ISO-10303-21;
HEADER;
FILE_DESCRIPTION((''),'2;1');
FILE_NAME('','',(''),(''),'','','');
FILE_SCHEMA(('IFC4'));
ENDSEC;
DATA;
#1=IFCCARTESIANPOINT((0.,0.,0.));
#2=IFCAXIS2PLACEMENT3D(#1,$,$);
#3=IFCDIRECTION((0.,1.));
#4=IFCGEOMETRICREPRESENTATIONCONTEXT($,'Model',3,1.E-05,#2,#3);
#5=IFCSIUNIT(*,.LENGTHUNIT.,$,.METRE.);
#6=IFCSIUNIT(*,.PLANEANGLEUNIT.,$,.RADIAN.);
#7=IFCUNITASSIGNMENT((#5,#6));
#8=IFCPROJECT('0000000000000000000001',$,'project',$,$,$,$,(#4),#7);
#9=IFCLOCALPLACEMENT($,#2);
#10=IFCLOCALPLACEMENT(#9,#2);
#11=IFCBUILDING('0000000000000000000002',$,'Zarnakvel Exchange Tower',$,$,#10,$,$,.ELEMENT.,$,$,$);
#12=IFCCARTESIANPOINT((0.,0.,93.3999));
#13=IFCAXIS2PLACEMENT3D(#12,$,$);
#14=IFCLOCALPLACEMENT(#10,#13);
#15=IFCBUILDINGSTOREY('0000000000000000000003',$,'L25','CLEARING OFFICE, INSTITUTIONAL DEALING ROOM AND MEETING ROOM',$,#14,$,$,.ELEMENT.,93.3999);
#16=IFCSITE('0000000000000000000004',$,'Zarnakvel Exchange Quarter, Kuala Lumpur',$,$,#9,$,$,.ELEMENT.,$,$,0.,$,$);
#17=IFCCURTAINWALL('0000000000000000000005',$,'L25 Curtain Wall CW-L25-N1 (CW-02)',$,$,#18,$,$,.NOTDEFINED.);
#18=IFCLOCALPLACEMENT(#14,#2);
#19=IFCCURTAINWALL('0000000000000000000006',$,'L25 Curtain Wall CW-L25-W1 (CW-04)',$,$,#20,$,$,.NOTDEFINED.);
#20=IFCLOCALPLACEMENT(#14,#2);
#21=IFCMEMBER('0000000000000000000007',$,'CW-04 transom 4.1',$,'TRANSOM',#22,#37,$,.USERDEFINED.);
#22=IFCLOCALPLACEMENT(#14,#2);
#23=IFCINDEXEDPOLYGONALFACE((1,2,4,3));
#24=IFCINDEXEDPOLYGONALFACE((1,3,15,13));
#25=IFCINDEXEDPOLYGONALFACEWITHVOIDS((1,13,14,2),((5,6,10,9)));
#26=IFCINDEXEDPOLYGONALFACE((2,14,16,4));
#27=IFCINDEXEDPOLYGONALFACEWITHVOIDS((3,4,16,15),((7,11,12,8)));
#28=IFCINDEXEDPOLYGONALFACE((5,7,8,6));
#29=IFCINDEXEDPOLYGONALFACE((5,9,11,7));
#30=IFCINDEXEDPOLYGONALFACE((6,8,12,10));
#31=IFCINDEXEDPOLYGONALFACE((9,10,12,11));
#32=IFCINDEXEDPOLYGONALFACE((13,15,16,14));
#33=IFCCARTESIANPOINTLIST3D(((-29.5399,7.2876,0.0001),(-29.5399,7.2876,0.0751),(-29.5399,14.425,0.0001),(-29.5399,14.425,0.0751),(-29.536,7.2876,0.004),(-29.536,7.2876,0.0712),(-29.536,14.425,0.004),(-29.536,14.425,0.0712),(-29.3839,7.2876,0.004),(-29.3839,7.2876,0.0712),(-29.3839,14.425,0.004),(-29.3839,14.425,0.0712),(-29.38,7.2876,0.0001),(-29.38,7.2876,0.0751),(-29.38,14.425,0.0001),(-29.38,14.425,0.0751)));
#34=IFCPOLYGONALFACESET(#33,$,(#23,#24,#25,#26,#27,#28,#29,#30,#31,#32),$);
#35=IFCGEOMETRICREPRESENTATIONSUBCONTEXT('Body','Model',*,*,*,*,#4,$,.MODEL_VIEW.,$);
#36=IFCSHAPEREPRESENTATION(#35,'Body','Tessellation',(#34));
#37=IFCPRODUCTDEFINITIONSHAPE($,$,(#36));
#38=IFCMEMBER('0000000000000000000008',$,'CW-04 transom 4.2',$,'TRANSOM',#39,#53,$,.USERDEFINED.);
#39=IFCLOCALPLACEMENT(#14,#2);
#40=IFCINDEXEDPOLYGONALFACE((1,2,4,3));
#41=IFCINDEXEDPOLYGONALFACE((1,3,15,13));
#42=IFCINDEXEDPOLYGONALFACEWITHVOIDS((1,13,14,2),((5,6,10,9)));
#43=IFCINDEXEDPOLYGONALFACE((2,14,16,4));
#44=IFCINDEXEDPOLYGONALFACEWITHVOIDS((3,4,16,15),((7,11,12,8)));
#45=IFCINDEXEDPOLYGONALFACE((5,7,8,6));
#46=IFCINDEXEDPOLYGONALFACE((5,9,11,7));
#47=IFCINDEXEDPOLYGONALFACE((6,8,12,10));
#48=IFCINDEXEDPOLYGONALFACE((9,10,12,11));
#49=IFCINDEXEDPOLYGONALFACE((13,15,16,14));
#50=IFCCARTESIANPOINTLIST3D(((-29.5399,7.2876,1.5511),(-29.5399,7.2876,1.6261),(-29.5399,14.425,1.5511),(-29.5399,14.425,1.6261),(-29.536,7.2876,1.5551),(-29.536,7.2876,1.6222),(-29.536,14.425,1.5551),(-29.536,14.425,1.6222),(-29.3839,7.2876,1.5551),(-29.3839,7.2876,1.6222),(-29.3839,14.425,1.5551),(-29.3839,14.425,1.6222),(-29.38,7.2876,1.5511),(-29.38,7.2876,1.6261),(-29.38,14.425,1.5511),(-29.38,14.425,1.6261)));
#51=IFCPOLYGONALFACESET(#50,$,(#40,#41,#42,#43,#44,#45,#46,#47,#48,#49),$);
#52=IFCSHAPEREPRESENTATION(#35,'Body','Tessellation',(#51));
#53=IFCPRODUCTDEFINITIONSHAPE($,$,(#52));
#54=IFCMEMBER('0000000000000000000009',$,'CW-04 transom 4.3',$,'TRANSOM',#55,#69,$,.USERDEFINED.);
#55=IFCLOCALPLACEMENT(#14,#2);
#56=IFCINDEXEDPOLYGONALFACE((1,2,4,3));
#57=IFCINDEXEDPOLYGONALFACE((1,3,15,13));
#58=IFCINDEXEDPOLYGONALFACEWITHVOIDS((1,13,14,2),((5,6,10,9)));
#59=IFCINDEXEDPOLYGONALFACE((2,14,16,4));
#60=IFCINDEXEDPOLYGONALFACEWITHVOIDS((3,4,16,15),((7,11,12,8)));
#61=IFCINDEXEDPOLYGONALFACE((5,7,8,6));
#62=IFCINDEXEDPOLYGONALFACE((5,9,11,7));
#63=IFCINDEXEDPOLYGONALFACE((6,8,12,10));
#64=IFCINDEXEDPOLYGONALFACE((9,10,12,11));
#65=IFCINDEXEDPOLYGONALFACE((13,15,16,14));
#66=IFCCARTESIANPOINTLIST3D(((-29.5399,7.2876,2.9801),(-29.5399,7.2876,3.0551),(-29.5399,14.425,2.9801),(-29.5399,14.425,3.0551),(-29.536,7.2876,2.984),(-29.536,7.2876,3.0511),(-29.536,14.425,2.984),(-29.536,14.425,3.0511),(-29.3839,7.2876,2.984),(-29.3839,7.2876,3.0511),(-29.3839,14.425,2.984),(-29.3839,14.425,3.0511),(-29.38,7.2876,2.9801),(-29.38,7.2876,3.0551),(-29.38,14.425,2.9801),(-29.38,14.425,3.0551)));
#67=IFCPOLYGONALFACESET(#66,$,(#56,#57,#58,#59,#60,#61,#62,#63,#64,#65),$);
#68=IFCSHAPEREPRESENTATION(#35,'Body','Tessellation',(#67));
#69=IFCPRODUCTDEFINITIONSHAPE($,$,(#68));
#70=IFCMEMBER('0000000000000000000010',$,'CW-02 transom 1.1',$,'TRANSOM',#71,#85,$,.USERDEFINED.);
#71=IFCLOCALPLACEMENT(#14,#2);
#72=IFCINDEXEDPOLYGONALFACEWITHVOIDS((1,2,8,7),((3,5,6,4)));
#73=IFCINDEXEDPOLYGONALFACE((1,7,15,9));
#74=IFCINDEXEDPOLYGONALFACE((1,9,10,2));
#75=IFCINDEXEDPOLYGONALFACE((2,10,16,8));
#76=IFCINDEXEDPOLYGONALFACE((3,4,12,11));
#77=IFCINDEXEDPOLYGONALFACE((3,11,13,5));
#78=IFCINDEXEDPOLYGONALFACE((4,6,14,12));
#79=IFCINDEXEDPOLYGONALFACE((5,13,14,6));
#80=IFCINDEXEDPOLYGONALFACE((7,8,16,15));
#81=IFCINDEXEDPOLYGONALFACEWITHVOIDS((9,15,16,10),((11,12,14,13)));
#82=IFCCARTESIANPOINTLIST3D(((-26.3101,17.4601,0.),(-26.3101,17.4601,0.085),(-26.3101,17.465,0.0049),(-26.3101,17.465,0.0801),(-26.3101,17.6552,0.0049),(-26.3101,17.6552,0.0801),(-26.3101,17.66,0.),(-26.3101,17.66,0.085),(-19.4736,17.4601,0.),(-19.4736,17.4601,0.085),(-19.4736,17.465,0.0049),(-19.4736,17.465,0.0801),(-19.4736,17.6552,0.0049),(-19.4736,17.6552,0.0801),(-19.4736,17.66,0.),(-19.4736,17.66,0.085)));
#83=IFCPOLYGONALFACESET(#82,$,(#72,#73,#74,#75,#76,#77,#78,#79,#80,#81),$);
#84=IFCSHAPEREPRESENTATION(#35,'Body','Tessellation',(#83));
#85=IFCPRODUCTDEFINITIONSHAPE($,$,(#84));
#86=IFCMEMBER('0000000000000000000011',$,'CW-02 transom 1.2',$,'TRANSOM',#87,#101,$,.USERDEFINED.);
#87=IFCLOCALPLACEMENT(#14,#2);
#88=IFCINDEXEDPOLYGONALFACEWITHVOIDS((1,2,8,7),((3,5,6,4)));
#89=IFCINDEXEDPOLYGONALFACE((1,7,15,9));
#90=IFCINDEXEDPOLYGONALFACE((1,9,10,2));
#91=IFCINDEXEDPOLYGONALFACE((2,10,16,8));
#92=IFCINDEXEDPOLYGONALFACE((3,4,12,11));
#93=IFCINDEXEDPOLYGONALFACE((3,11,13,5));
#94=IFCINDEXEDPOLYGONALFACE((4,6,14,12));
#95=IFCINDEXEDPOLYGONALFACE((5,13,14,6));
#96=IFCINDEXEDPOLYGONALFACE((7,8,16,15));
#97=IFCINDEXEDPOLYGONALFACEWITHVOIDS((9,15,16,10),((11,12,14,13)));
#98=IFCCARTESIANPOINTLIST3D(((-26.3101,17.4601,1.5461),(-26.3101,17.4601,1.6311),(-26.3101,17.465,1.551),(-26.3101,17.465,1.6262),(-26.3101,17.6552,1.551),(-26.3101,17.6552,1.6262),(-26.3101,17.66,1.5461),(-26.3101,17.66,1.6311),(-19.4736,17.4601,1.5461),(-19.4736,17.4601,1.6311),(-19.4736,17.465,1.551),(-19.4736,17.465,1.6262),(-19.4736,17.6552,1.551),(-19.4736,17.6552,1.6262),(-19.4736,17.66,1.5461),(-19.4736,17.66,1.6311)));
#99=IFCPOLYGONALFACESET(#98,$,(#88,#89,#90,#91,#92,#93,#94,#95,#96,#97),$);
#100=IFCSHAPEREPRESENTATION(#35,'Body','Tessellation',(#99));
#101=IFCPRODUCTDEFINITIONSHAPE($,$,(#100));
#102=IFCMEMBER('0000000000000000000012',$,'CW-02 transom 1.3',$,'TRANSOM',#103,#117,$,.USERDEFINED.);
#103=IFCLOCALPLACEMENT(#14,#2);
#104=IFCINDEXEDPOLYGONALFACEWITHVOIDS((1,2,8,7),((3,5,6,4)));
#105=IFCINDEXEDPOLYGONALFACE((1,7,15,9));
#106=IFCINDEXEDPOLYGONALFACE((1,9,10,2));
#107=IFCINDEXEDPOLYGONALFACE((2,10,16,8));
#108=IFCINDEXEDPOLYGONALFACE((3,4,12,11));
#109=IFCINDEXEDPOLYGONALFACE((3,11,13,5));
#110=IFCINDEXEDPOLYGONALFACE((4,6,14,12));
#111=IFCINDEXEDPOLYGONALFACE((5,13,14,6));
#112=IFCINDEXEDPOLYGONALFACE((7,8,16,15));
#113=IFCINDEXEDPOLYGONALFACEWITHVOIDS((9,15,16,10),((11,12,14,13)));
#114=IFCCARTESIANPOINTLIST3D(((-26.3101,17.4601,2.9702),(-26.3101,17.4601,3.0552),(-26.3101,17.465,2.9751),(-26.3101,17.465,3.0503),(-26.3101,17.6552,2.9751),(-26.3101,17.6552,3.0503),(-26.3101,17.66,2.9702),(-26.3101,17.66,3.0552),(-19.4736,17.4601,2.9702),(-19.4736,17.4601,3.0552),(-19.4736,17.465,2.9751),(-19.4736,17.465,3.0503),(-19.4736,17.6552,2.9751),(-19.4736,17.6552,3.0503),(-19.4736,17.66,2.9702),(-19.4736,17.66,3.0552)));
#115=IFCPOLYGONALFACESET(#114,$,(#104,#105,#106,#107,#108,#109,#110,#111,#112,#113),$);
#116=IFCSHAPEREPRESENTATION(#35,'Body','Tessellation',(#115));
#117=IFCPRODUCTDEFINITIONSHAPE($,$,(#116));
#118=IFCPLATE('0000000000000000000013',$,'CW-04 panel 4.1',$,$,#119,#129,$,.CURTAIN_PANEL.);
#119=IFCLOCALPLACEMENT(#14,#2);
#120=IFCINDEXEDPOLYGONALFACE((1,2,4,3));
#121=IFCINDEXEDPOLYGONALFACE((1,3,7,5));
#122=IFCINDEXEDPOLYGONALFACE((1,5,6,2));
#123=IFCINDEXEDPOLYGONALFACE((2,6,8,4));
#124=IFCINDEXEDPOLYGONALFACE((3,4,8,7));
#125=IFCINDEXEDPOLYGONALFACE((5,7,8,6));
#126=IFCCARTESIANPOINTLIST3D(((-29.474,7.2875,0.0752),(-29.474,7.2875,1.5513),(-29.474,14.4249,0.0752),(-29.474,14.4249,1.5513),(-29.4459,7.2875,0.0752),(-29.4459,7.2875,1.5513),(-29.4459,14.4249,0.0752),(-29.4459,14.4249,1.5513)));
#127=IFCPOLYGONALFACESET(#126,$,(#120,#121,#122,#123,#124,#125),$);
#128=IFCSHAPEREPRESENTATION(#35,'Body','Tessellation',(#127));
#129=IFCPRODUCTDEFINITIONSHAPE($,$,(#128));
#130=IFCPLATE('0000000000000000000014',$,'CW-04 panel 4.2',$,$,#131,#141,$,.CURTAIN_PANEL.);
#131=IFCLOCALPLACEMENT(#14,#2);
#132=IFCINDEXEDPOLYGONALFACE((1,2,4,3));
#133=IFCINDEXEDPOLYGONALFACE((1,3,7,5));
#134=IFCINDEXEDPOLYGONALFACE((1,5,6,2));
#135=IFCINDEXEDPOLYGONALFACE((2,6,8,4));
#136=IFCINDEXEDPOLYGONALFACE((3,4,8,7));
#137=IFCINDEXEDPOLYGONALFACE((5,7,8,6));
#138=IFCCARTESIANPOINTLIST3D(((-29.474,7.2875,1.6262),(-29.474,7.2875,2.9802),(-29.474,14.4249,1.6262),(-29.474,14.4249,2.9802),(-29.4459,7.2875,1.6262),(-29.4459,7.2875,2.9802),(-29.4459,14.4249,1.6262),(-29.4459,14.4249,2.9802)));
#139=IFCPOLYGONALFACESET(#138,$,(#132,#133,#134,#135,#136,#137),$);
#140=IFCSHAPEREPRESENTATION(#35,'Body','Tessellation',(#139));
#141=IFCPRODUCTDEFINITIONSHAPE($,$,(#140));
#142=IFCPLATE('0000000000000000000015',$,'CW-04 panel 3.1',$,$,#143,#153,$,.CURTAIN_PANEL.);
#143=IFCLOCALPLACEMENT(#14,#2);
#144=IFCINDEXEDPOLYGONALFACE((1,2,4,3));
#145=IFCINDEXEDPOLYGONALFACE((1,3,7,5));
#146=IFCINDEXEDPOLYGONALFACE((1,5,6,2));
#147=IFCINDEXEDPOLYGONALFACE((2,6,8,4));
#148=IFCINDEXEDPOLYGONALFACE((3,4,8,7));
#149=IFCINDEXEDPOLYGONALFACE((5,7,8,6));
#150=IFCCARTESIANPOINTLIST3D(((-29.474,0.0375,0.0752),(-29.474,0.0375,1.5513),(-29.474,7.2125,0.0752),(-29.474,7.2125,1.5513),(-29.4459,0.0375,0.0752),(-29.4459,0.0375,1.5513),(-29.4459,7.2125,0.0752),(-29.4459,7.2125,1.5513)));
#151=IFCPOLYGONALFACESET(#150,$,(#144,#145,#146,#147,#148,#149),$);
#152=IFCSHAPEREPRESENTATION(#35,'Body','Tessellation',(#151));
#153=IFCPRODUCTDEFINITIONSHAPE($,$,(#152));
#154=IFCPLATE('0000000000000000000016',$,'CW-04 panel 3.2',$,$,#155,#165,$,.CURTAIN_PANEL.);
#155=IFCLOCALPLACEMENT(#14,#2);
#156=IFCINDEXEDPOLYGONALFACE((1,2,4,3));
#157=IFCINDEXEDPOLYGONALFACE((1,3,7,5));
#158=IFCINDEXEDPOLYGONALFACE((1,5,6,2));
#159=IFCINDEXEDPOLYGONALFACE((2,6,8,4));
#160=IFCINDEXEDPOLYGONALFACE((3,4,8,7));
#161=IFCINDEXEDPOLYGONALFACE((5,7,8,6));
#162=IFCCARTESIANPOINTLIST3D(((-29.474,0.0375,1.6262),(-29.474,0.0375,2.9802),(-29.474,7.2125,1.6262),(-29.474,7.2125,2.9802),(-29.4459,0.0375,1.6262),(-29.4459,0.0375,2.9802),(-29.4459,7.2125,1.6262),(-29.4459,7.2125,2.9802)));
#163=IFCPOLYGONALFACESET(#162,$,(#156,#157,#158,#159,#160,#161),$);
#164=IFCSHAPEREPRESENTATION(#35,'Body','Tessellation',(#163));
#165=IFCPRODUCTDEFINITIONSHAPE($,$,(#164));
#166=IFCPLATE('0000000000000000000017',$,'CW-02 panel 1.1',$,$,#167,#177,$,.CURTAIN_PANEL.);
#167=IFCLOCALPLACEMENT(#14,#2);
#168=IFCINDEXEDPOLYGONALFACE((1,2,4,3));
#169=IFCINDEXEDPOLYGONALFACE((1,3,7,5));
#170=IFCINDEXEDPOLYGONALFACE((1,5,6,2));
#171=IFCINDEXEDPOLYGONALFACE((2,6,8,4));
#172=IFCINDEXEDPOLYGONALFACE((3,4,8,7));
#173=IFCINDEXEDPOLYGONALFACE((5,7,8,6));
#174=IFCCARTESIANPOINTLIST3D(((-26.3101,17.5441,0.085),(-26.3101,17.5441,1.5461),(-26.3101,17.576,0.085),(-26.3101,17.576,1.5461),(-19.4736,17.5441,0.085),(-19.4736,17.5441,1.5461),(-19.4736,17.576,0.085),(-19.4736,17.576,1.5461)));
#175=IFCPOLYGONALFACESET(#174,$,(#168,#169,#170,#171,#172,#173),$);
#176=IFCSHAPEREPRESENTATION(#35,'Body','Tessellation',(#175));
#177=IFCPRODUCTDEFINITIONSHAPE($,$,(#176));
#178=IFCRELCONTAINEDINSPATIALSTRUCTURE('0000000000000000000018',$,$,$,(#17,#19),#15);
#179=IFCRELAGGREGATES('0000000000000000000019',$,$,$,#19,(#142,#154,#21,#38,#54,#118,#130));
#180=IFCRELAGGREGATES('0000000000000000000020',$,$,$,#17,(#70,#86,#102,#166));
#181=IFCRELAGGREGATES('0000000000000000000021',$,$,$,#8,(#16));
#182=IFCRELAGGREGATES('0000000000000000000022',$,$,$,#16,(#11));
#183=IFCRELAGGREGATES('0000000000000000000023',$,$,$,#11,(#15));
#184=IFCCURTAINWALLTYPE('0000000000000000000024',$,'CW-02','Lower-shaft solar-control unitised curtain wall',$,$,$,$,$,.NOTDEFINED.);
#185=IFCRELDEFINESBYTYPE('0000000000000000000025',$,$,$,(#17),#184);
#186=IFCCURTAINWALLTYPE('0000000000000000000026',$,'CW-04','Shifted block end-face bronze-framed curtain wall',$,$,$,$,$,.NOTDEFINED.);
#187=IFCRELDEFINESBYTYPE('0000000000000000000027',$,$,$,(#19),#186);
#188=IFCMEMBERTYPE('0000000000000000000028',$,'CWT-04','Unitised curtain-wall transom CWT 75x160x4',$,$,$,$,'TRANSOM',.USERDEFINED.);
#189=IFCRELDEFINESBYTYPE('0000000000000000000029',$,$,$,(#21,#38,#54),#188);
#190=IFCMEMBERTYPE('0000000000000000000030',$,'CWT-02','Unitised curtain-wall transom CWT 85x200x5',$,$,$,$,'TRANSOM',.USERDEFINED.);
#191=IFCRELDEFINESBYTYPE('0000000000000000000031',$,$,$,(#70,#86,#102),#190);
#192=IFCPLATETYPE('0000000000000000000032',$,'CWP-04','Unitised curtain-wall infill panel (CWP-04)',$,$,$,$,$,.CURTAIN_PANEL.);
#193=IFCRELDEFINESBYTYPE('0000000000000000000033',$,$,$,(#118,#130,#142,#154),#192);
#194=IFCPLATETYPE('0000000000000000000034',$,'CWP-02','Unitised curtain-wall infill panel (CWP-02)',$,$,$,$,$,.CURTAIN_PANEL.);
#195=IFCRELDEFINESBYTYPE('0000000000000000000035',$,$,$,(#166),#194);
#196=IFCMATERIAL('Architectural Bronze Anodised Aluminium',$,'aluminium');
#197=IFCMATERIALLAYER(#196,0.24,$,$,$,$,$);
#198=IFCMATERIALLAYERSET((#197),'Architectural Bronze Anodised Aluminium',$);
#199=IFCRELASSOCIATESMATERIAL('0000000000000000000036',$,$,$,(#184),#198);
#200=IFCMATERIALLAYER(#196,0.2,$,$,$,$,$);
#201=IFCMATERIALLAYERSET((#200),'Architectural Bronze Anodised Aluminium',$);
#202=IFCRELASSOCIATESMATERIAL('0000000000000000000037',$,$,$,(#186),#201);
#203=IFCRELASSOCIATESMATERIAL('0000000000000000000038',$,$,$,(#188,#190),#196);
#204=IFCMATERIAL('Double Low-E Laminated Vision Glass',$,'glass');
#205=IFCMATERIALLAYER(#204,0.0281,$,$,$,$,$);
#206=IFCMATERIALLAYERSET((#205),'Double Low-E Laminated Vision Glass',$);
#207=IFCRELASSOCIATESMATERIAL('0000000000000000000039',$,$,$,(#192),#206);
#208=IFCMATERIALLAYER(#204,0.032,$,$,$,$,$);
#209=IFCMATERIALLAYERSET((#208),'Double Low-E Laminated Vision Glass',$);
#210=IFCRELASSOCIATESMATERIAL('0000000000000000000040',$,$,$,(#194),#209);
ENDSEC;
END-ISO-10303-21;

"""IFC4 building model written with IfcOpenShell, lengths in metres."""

from ifc_helpers import new_model, si_unit, direction, frame, origin, origin_2d, place, context, subcontext, project, spatial, rectangle, hollow_rectangle, extrude, source, transform, mapped, material, layer, layer_set, material_profile, profile_set, type_object, element, aggregate, save


model = new_model("IFC4")

# Units and contexts
model_context = context("Model", 3, precision=1e-05, world=origin(), true_north=direction((0.0, 1.0)))
body_context = subcontext(model_context, "Body", "Model", "MODEL_VIEW")
ifc_project = project(units=[si_unit("LENGTHUNIT", "METRE"), si_unit("PLANEANGLEUNIT", "RADIAN")], contexts=[model_context])

# Site, building, storey
site_placement = place(None, origin())
site = spatial("IfcSite", under=ifc_project, at=site_placement, Name="Zarnakvel Exchange Quarter, Kuala Lumpur", CompositionType="ELEMENT", RefElevation=0.0)
building_placement = place(site_placement, origin())
building = spatial("IfcBuilding", under=site, at=building_placement, Name="Zarnakvel Exchange Tower", CompositionType="ELEMENT")
storey_placement = place(building_placement, frame((0.0, 0.0, 93.3999)))
storey = spatial("IfcBuildingStorey", under=building, at=storey_placement, Name="L25", Description="CLEARING OFFICE, INSTITUTIONAL DEALING ROOM AND MEETING ROOM", CompositionType="ELEMENT", Elevation=93.3999)

# Curtain wall
ifc_material_1 = material(Name="Architectural Bronze Anodised Aluminium", Category="aluminium")
ifc_layer_1 = layer(ifc_material_1, 0.24)
ifc_layer_set_1 = layer_set([ifc_layer_1], Name="Architectural Bronze Anodised Aluminium")
curtain_wall_type_1 = type_object("IfcCurtainWallType", Name="CW-02", Description="Lower-shaft solar-control unitised curtain wall", PredefinedType="NOTDEFINED", material=ifc_layer_set_1)
curtain_wall_1_placement = place(storey_placement, origin())
curtain_wall_1 = element("IfcCurtainWall", 1, at=curtain_wall_1_placement, inside=storey, type_object=curtain_wall_type_1, Name="L25 Curtain Wall CW-L25-N1 (CW-02)", PredefinedType="NOTDEFINED")

# Curtain wall, members
ifc_layer_2 = layer(ifc_material_1, 0.2)
ifc_layer_set_2 = layer_set([ifc_layer_2], Name="Architectural Bronze Anodised Aluminium")
curtain_wall_type_2 = type_object("IfcCurtainWallType", Name="CW-04", Description="Shifted block end-face bronze-framed curtain wall", PredefinedType="NOTDEFINED", material=ifc_layer_set_2)
curtain_wall_2_placement = place(storey_placement, origin())
curtain_wall_2 = element("IfcCurtainWall", 2, at=curtain_wall_2_placement, inside=storey, type_object=curtain_wall_type_2, Name="L25 Curtain Wall CW-L25-W1 (CW-04)", PredefinedType="NOTDEFINED")
ifc_material_profile_1 = material_profile(ifc_material_1, hollow_rectangle(XDim=0.1599, YDim=0.075, WallThickness=0.0039, at=origin_2d()))
ifc_profile_set_1 = profile_set([ifc_material_profile_1], Name="Architectural Bronze Anodised Aluminium")
member_type_1 = type_object("IfcMemberType", Name="CWT-04", Description="Unitised curtain-wall transom CWT 75x160x4", ElementType="TRANSOM", PredefinedType="USERDEFINED", material=ifc_profile_set_1)
shared_shape_1 = source(origin(), body_context, "Body", "SweptSolid", [
    extrude(hollow_rectangle(XDim=0.1599, YDim=0.075, WallThickness=0.0039, at=origin_2d()), origin(), (0.0, 0.0, 1.0), 7.1375),
])
member_1_placement = place(storey_placement, frame((-29.46, 7.2876, 0.0376), z_axis=(0.0, 1.0, 0.0), x_axis=(-1.0, 0.0, 0.0)))
member_1 = element("IfcMember", 3, at=member_1_placement, type_object=member_type_1, Name="CW-04 transom 4.1", ObjectType="TRANSOM", PredefinedType="USERDEFINED", context=body_context, shape_type="MappedRepresentation", body=[
    mapped(shared_shape_1, transform((0.0, 0.0, 0.0), x_axis=(1.0, 0.0, 0.0), y_axis=(0.0, 1.0, 0.0), z_axis=(0.0, 0.0, 1.0), scale=1.0)),
])
member_2_placement = place(storey_placement, frame((-29.46, 7.2876, 1.5886), z_axis=(0.0, 1.0, 0.0), x_axis=(-1.0, 0.0, 0.0)))
member_2 = element("IfcMember", 4, at=member_2_placement, type_object=member_type_1, Name="CW-04 transom 4.2", ObjectType="TRANSOM", PredefinedType="USERDEFINED", context=body_context, shape_type="MappedRepresentation", body=[
    mapped(shared_shape_1, transform((0.0, 0.0, 0.0), x_axis=(1.0, 0.0, 0.0), y_axis=(0.0, 1.0, 0.0), z_axis=(0.0, 0.0, 1.0), scale=1.0)),
])
member_3_placement = place(storey_placement, frame((-29.46, 7.2876, 3.0176), z_axis=(0.0, 1.0, 0.0), x_axis=(-1.0, 0.0, 0.0)))
member_3 = element("IfcMember", 5, at=member_3_placement, type_object=member_type_1, Name="CW-04 transom 4.3", ObjectType="TRANSOM", PredefinedType="USERDEFINED", context=body_context, shape_type="MappedRepresentation", body=[
    mapped(shared_shape_1, transform((0.0, 0.0, 0.0), x_axis=(1.0, 0.0, 0.0), y_axis=(0.0, 1.0, 0.0), z_axis=(0.0, 0.0, 1.0), scale=1.0)),
])

# Members
ifc_material_profile_2 = material_profile(ifc_material_1, hollow_rectangle(XDim=0.2, YDim=0.085, WallThickness=0.0049, at=origin_2d()))
ifc_profile_set_2 = profile_set([ifc_material_profile_2], Name="Architectural Bronze Anodised Aluminium")
member_type_2 = type_object("IfcMemberType", Name="CWT-02", Description="Unitised curtain-wall transom CWT 85x200x5", ElementType="TRANSOM", PredefinedType="USERDEFINED", material=ifc_profile_set_2)
shared_shape_2 = source(origin(), body_context, "Body", "SweptSolid", [
    extrude(hollow_rectangle(XDim=0.2, YDim=0.085, WallThickness=0.0049, at=origin_2d()), origin(), (0.0, 0.0, 1.0), 6.8364),
])
member_4_placement = place(storey_placement, frame((-26.3101, 17.5601, 0.0425), z_axis=(1.0, 0.0, 0.0), x_axis=(0.0, 1.0, 0.0)))
member_4 = element("IfcMember", 6, at=member_4_placement, type_object=member_type_2, Name="CW-02 transom 1.1", ObjectType="TRANSOM", PredefinedType="USERDEFINED", context=body_context, shape_type="MappedRepresentation", body=[
    mapped(shared_shape_2, transform((0.0, 0.0, 0.0), x_axis=(1.0, 0.0, 0.0), y_axis=(0.0, 1.0, 0.0), z_axis=(0.0, 0.0, 1.0), scale=1.0)),
])
member_5_placement = place(storey_placement, frame((-26.3101, 17.5601, 1.5886), z_axis=(1.0, 0.0, 0.0), x_axis=(0.0, 1.0, 0.0)))
member_5 = element("IfcMember", 7, at=member_5_placement, type_object=member_type_2, Name="CW-02 transom 1.2", ObjectType="TRANSOM", PredefinedType="USERDEFINED", context=body_context, shape_type="MappedRepresentation", body=[
    mapped(shared_shape_2, transform((0.0, 0.0, 0.0), x_axis=(1.0, 0.0, 0.0), y_axis=(0.0, 1.0, 0.0), z_axis=(0.0, 0.0, 1.0), scale=1.0)),
])
member_6_placement = place(storey_placement, frame((-26.3101, 17.5601, 3.0127), z_axis=(1.0, 0.0, 0.0), x_axis=(0.0, 1.0, 0.0)))
member_6 = element("IfcMember", 8, at=member_6_placement, type_object=member_type_2, Name="CW-02 transom 1.3", ObjectType="TRANSOM", PredefinedType="USERDEFINED", context=body_context, shape_type="MappedRepresentation", body=[
    mapped(shared_shape_2, transform((0.0, 0.0, 0.0), x_axis=(1.0, 0.0, 0.0), y_axis=(0.0, 1.0, 0.0), z_axis=(0.0, 0.0, 1.0), scale=1.0)),
])

# Plates
ifc_material_2 = material(Name="Double Low-E Laminated Vision Glass", Category="glass")
ifc_layer_3 = layer(ifc_material_2, 0.0281)
ifc_layer_set_3 = layer_set([ifc_layer_3], Name="Double Low-E Laminated Vision Glass")
plate_type_1 = type_object("IfcPlateType", Name="CWP-04", Description="Unitised curtain-wall infill panel (CWP-04)", PredefinedType="CURTAIN_PANEL", material=ifc_layer_set_3)
shared_shape_3 = source(origin(), body_context, "Body", "SweptSolid", [
    extrude(rectangle(XDim=7.1375, YDim=0.0281, at=origin_2d()), origin(), (0.0, 0.0, 1.0), 1.4761),
])
plate_1_placement = place(storey_placement, frame((-29.46, 10.8562, 0.0752), z_axis=(0.0, 0.0, 1.0), x_axis=(0.0, 1.0, 0.0)))
plate_1 = element("IfcPlate", 9, at=plate_1_placement, type_object=plate_type_1, Name="CW-04 panel 4.1", PredefinedType="CURTAIN_PANEL", context=body_context, shape_type="MappedRepresentation", body=[
    mapped(shared_shape_3, transform((0.0, 0.0, 0.0), x_axis=(1.0, 0.0, 0.0), y_axis=(0.0, 1.0, 0.0), z_axis=(0.0, 0.0, 1.0), scale=1.0)),
])
shared_shape_4 = source(origin(), body_context, "Body", "SweptSolid", [
    extrude(rectangle(XDim=7.1375, YDim=0.0281, at=origin_2d()), origin(), (0.0, 0.0, 1.0), 1.354),
])
plate_2_placement = place(storey_placement, frame((-29.46, 10.8562, 1.6262), z_axis=(0.0, 0.0, 1.0), x_axis=(0.0, 1.0, 0.0)))
plate_2 = element("IfcPlate", 10, at=plate_2_placement, type_object=plate_type_1, Name="CW-04 panel 4.2", PredefinedType="CURTAIN_PANEL", context=body_context, shape_type="MappedRepresentation", body=[
    mapped(shared_shape_4, transform((0.0, 0.0, 0.0), x_axis=(1.0, 0.0, 0.0), y_axis=(0.0, 1.0, 0.0), z_axis=(0.0, 0.0, 1.0), scale=1.0)),
])
shared_shape_5 = source(origin(), body_context, "Body", "SweptSolid", [
    extrude(rectangle(XDim=7.175, YDim=0.0281, at=origin_2d()), origin(), (0.0, 0.0, 1.0), 1.4761),
])
plate_3_placement = place(storey_placement, frame((-29.46, 3.625, 0.0752), z_axis=(0.0, 0.0, 1.0), x_axis=(0.0, 1.0, 0.0)))
plate_3 = element("IfcPlate", 11, at=plate_3_placement, type_object=plate_type_1, Name="CW-04 panel 3.1", PredefinedType="CURTAIN_PANEL", context=body_context, shape_type="MappedRepresentation", body=[
    mapped(shared_shape_5, transform((0.0, 0.0, 0.0), x_axis=(1.0, 0.0, 0.0), y_axis=(0.0, 1.0, 0.0), z_axis=(0.0, 0.0, 1.0), scale=1.0)),
])
shared_shape_6 = source(origin(), body_context, "Body", "SweptSolid", [
    extrude(rectangle(XDim=7.175, YDim=0.0281, at=origin_2d()), origin(), (0.0, 0.0, 1.0), 1.354),
])
plate_4_placement = place(storey_placement, frame((-29.46, 3.625, 1.6262), z_axis=(0.0, 0.0, 1.0), x_axis=(0.0, 1.0, 0.0)))
plate_4 = element("IfcPlate", 12, at=plate_4_placement, type_object=plate_type_1, Name="CW-04 panel 3.2", PredefinedType="CURTAIN_PANEL", context=body_context, shape_type="MappedRepresentation", body=[
    mapped(shared_shape_6, transform((0.0, 0.0, 0.0), x_axis=(1.0, 0.0, 0.0), y_axis=(0.0, 1.0, 0.0), z_axis=(0.0, 0.0, 1.0), scale=1.0)),
])
aggregate(curtain_wall_2, [plate_3, plate_4, member_1, member_2, member_3, plate_1, plate_2])
ifc_layer_4 = layer(ifc_material_2, 0.032)
ifc_layer_set_4 = layer_set([ifc_layer_4], Name="Double Low-E Laminated Vision Glass")
plate_type_2 = type_object("IfcPlateType", Name="CWP-02", Description="Unitised curtain-wall infill panel (CWP-02)", PredefinedType="CURTAIN_PANEL", material=ifc_layer_set_4)
shared_shape_7 = source(origin(), body_context, "Body", "SweptSolid", [
    extrude(rectangle(XDim=6.8364, YDim=0.032, at=origin_2d()), origin(), (0.0, 0.0, 1.0), 1.4612),
])
plate_5_placement = place(storey_placement, frame((-22.8918, 17.5601, 0.085), z_axis=(0.0, 0.0, 1.0), x_axis=(1.0, 0.0, 0.0)))
plate_5 = element("IfcPlate", 13, at=plate_5_placement, type_object=plate_type_2, Name="CW-02 panel 1.1", PredefinedType="CURTAIN_PANEL", context=body_context, shape_type="MappedRepresentation", body=[
    mapped(shared_shape_7, transform((0.0, 0.0, 0.0), x_axis=(1.0, 0.0, 0.0), y_axis=(0.0, 1.0, 0.0), z_axis=(0.0, 0.0, 1.0), scale=1.0)),
])
aggregate(curtain_wall_1, [member_4, member_5, member_6, plate_5])

save(model, "model.ifc")
